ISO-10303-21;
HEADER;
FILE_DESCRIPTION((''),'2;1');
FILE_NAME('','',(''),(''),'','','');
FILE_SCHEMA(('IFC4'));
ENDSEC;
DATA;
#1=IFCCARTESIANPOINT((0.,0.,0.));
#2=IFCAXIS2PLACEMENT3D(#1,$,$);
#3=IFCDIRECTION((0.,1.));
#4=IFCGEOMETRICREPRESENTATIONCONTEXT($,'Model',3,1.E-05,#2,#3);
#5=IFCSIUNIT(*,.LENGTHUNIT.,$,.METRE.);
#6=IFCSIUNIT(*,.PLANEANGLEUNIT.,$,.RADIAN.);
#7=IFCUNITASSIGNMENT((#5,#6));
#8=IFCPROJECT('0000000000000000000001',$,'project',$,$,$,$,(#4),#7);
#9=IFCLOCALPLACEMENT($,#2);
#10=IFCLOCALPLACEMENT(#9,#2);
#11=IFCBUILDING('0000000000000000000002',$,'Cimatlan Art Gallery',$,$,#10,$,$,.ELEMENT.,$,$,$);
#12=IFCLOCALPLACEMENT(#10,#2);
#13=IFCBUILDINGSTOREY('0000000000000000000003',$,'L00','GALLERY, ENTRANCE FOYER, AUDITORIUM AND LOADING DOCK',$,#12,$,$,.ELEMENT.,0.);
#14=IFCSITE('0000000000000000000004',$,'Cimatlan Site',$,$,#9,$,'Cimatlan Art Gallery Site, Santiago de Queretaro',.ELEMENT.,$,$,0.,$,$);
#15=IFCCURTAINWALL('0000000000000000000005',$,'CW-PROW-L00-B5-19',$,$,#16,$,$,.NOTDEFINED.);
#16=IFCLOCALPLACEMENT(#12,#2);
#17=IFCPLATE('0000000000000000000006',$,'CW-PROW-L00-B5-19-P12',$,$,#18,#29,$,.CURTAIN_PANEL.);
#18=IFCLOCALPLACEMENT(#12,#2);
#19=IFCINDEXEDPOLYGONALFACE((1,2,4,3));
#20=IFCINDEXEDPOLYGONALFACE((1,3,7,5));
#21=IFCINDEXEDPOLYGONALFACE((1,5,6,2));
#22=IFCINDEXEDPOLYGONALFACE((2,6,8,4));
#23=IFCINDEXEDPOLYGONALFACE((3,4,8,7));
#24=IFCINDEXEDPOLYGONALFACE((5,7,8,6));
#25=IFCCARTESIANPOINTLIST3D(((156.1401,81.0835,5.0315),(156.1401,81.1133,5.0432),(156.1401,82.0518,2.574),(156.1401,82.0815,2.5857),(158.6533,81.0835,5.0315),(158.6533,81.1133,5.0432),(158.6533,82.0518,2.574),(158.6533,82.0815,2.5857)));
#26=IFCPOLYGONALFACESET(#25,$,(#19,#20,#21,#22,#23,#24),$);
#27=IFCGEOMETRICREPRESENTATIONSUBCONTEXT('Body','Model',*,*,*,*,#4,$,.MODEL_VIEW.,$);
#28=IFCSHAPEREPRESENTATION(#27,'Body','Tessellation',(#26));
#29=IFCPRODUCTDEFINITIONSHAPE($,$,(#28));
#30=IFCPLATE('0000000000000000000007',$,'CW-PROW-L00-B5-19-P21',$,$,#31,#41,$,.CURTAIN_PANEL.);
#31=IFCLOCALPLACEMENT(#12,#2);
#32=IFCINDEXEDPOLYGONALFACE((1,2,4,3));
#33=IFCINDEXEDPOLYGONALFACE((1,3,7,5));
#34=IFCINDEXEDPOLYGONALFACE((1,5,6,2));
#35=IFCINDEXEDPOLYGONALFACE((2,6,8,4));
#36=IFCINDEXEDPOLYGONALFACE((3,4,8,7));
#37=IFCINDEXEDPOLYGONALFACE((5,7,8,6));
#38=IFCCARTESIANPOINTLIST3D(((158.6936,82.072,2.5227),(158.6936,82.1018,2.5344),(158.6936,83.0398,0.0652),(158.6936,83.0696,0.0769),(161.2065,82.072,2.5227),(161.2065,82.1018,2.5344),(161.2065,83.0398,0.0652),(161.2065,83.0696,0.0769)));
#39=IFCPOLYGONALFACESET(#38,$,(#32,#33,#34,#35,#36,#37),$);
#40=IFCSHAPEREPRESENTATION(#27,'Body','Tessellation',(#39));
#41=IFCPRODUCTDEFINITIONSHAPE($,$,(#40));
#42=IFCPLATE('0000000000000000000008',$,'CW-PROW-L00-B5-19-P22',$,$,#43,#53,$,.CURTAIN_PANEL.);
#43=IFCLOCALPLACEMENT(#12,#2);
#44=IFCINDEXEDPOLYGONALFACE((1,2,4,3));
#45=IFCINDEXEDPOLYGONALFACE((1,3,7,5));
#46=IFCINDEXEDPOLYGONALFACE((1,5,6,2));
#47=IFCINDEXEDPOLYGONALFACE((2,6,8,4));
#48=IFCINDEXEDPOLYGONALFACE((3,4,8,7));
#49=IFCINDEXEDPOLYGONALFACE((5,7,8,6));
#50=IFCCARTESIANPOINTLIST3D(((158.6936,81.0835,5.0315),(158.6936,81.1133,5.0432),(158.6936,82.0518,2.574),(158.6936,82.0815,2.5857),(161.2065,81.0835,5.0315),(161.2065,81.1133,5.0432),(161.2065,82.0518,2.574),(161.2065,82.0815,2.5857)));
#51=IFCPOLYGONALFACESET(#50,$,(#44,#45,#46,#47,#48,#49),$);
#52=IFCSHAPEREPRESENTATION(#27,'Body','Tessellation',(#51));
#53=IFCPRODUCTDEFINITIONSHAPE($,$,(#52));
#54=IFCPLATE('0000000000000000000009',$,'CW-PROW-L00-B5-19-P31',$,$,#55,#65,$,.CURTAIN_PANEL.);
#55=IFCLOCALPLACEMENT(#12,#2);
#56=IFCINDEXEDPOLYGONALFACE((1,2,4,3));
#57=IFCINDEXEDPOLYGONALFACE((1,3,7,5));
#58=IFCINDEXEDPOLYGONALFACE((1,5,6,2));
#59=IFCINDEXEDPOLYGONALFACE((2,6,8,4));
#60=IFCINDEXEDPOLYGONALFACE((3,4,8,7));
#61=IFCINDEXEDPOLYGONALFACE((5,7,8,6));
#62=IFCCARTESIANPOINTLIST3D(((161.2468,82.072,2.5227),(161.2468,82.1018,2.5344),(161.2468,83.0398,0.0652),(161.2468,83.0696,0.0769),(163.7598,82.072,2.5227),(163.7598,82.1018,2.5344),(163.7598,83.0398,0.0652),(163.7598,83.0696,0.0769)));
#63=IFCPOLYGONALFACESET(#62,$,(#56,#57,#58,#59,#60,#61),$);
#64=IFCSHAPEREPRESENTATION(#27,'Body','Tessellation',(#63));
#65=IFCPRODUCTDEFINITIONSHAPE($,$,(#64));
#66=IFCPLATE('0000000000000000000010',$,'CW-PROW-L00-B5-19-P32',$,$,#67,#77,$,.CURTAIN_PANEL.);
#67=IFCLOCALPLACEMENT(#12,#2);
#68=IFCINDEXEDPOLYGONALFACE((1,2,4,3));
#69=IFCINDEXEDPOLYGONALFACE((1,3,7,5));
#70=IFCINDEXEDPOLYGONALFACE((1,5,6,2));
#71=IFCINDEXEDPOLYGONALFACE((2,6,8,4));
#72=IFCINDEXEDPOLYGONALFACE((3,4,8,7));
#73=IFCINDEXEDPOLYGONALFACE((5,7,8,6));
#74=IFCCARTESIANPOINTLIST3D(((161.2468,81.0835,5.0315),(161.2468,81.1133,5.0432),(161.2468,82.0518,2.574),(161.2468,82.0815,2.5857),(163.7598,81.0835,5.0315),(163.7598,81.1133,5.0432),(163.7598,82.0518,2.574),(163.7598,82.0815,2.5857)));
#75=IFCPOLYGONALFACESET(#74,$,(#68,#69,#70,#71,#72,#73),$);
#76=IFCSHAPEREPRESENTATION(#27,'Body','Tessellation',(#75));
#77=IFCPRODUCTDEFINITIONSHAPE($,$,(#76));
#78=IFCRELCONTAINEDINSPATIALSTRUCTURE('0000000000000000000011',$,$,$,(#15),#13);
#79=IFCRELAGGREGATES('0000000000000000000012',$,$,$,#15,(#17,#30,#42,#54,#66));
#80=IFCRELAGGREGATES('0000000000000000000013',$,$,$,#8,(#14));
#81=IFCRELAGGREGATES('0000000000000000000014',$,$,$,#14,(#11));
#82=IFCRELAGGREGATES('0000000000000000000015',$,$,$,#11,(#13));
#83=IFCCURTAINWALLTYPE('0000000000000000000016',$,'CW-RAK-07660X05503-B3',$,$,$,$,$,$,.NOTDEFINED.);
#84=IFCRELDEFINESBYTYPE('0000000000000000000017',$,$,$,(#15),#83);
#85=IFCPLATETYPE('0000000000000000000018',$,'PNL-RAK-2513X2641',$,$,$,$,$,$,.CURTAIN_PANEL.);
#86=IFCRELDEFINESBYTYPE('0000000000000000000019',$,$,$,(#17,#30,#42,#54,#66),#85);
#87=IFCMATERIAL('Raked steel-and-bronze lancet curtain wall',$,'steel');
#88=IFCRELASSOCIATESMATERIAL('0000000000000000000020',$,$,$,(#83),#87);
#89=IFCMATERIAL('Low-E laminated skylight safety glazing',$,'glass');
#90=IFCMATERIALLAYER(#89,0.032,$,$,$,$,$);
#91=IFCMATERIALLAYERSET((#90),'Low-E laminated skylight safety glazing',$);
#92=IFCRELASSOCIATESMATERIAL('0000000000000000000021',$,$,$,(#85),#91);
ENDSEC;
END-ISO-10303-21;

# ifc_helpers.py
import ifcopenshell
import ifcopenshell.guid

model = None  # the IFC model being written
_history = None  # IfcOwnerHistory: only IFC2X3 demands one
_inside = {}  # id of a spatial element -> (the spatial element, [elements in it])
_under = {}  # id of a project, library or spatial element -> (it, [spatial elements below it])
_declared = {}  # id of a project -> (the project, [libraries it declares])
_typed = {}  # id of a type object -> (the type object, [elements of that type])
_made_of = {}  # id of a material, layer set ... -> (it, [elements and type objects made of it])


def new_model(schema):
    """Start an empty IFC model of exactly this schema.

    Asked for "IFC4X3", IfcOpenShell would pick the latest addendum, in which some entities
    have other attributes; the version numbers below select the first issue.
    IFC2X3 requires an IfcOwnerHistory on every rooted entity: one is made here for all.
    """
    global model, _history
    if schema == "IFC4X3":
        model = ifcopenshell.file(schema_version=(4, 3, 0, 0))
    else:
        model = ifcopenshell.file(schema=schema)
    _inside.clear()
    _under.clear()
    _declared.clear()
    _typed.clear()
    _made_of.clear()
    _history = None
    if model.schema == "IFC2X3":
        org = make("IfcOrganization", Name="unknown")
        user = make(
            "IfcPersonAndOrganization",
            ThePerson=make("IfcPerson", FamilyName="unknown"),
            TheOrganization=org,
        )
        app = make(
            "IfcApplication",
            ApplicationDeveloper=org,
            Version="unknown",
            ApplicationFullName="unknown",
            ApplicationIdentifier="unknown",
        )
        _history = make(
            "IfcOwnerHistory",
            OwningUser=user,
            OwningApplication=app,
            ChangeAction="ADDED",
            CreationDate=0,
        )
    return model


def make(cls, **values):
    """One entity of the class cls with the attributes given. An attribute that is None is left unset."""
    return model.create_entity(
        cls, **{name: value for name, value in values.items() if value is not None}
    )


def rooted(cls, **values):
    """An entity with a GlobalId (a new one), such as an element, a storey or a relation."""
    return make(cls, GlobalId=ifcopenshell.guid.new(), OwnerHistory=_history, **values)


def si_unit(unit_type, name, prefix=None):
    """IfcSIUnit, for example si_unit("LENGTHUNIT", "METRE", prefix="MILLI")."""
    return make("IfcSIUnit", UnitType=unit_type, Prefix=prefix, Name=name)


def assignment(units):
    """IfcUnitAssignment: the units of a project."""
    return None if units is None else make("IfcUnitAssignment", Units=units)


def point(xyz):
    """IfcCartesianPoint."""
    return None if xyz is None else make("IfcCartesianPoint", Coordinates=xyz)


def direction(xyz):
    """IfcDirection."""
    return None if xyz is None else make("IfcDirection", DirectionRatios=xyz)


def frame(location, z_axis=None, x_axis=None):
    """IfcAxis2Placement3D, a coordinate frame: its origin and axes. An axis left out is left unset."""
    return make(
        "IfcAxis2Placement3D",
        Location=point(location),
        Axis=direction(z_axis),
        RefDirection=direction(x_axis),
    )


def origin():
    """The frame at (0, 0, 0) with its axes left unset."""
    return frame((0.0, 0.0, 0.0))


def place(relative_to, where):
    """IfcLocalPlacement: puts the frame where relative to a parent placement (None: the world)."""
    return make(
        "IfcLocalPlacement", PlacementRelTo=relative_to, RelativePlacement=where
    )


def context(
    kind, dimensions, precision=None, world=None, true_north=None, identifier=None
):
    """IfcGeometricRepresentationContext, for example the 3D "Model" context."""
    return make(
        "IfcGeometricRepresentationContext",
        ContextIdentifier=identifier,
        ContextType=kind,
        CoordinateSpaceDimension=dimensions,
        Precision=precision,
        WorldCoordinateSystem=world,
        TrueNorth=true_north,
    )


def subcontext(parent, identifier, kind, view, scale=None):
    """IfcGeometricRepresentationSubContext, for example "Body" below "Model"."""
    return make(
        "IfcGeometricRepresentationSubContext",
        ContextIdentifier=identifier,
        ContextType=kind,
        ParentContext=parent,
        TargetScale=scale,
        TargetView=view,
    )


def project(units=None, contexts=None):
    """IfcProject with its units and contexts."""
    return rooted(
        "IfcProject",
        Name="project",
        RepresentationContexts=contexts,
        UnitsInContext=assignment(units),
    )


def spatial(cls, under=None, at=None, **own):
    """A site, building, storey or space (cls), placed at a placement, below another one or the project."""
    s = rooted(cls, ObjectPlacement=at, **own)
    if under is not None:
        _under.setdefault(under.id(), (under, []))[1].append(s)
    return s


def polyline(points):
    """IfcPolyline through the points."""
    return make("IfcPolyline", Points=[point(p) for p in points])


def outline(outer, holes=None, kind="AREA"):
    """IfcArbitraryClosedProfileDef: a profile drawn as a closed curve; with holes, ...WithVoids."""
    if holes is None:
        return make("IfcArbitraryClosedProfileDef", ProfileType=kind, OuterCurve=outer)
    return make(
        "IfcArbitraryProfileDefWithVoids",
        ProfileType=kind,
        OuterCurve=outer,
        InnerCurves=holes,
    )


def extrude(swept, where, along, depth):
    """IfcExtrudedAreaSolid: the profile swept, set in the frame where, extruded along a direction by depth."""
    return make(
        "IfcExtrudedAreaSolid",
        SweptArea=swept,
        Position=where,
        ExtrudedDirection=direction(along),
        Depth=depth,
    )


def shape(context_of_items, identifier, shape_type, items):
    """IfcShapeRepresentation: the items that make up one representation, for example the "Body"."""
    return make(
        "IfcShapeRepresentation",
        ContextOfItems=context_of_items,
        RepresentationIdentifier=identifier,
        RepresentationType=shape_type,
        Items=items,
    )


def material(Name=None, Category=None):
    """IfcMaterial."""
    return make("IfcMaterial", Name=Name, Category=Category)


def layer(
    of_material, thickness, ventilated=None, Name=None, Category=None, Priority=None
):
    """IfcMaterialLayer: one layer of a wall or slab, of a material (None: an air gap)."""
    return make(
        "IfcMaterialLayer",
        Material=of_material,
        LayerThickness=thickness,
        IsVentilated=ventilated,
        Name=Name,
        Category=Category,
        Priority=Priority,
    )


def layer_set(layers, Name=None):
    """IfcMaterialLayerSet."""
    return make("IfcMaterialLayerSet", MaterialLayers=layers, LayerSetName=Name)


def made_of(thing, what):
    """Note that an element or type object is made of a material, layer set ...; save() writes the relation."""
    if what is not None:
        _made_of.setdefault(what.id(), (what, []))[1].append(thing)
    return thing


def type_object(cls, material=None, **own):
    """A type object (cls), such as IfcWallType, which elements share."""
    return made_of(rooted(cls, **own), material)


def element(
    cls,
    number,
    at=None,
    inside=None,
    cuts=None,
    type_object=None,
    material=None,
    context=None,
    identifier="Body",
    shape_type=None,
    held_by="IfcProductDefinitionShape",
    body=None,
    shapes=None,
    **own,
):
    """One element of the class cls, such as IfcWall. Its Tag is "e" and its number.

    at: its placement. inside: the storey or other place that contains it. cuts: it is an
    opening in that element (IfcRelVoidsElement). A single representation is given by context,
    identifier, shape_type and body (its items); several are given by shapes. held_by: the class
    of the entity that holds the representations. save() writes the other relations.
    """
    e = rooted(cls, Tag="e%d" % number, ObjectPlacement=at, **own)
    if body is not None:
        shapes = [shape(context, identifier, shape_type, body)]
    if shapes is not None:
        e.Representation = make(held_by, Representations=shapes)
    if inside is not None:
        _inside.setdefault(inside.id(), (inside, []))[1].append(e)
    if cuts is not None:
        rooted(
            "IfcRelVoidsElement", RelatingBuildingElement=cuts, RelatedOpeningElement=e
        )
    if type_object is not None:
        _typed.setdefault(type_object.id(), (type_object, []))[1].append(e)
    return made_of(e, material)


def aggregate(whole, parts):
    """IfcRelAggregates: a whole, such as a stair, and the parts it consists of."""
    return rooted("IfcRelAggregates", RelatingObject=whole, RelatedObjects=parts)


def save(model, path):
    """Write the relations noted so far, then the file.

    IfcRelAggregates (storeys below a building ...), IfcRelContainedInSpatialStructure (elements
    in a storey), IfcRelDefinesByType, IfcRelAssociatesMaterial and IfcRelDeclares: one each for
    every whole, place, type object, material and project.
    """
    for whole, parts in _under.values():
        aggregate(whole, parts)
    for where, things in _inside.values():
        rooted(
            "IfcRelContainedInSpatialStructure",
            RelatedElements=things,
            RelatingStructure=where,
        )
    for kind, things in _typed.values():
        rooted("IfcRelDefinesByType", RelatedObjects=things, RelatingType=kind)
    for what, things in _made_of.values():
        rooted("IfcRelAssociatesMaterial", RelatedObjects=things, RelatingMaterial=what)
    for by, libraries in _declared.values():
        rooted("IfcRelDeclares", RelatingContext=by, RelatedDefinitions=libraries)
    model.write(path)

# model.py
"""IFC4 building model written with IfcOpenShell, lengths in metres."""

from ifc_helpers import new_model, si_unit, direction, frame, origin, place, context, subcontext, project, spatial, polyline, outline, extrude, material, layer, layer_set, type_object, element, aggregate, save


model = new_model("IFC4")

# Units and contexts
model_context = context("Model", 3, precision=1e-05, world=origin(), true_north=direction((0.0, 1.0)))
body_context = subcontext(model_context, "Body", "Model", "MODEL_VIEW")
ifc_project = project(units=[si_unit("LENGTHUNIT", "METRE"), si_unit("PLANEANGLEUNIT", "RADIAN")], contexts=[model_context])

# Site, building, storey
site_placement = place(None, origin())
site = spatial("IfcSite", under=ifc_project, at=site_placement, Name="Cimatlan Site", LongName="Cimatlan Art Gallery Site, Santiago de Queretaro", CompositionType="ELEMENT", RefElevation=0.0)
building_placement = place(site_placement, origin())
building = spatial("IfcBuilding", under=site, at=building_placement, Name="Cimatlan Art Gallery", CompositionType="ELEMENT")
storey_placement = place(building_placement, origin())
storey = spatial("IfcBuildingStorey", under=building, at=storey_placement, Name="L00", Description="GALLERY, ENTRANCE FOYER, AUDITORIUM AND LOADING DOCK", CompositionType="ELEMENT", Elevation=0.0)

# Shared definitions
ifc_material_1 = material(Name="Raked steel-and-bronze lancet curtain wall", Category="steel")
curtain_wall_type = type_object("IfcCurtainWallType", Name="CW-RAK-07660X05503-B3", PredefinedType="NOTDEFINED", material=ifc_material_1)

# Curtain wall
curtain_wall_1_placement = place(storey_placement, origin())
curtain_wall_1 = element("IfcCurtainWall", 1, at=curtain_wall_1_placement, inside=storey, type_object=curtain_wall_type, Name="CW-PROW-L00-B5-19", PredefinedType="NOTDEFINED")

# Plates
ifc_material_2 = material(Name="Low-E laminated skylight safety glazing", Category="glass")
ifc_layer = layer(ifc_material_2, 0.032)
ifc_layer_set = layer_set([ifc_layer], Name="Low-E laminated skylight safety glazing")
plate_type = type_object("IfcPlateType", Name="PNL-RAK-2513X2641", PredefinedType="CURTAIN_PANEL", material=ifc_layer_set)
plate_1_placement = place(storey_placement, frame((156.1401, 82.0815, 2.5857), z_axis=(0.0, 0.930389, 0.366573), x_axis=(1.0, 0.0, 0.0)))
plate_1 = element("IfcPlate", 2, at=plate_1_placement, type_object=plate_type, Name="CW-PROW-L00-B5-19-P12", PredefinedType="CURTAIN_PANEL", context=body_context, shape_type="SweptSolid", body=[
    extrude(outline(polyline([(0.0, 0.0), (2.5132, 0.0), (2.5132, -2.6414), (0.0, -2.6414), (0.0, 0.0)])), origin(), (0.0, 0.0, -1.0), 0.032),
])
plate_2_placement = place(storey_placement, frame((158.6936, 83.0696, 0.0769), z_axis=(0.0, 0.930452, 0.366413), x_axis=(1.0, 0.0, 0.0)))
plate_2 = element("IfcPlate", 3, at=plate_2_placement, type_object=plate_type, Name="CW-PROW-L00-B5-19-P21", PredefinedType="CURTAIN_PANEL", context=body_context, shape_type="SweptSolid", body=[
    extrude(outline(polyline([(0.0, 0.0), (2.5129, 0.0), (2.5129, -2.6412), (0.0, -2.6412), (0.0, 0.0)])), origin(), (0.0, 0.0, -1.0), 0.032),
])
plate_3_placement = place(storey_placement, frame((158.6936, 82.0815, 2.5857), z_axis=(0.0, 0.930389, 0.366573), x_axis=(1.0, 0.0, 0.0)))
plate_3 = element("IfcPlate", 4, at=plate_3_placement, type_object=plate_type, Name="CW-PROW-L00-B5-19-P22", PredefinedType="CURTAIN_PANEL", context=body_context, shape_type="SweptSolid", body=[
    extrude(outline(polyline([(0.0, 0.0), (2.5129, 0.0), (2.5129, -2.6414), (0.0, -2.6414), (0.0, 0.0)])), origin(), (0.0, 0.0, -1.0), 0.032),
])
plate_4_placement = place(storey_placement, frame((161.2468, 83.0696, 0.0769), z_axis=(0.0, 0.930452, 0.366413), x_axis=(1.0, 0.0, 0.0)))
plate_4 = element("IfcPlate", 5, at=plate_4_placement, type_object=plate_type, Name="CW-PROW-L00-B5-19-P31", PredefinedType="CURTAIN_PANEL", context=body_context, shape_type="SweptSolid", body=[
    extrude(outline(polyline([(0.0, 0.0), (2.5129, 0.0), (2.5129, -2.6412), (0.0, -2.6412), (0.0, 0.0)])), origin(), (0.0, 0.0, -1.0), 0.032),
])
plate_5_placement = place(storey_placement, frame((161.2468, 82.0815, 2.5857), z_axis=(0.0, 0.930389, 0.366573), x_axis=(1.0, 0.0, 0.0)))
plate_5 = element("IfcPlate", 6, at=plate_5_placement, type_object=plate_type, Name="CW-PROW-L00-B5-19-P32", PredefinedType="CURTAIN_PANEL", context=body_context, shape_type="SweptSolid", body=[
    extrude(outline(polyline([(0.0, 0.0), (2.5129, 0.0), (2.5129, -2.6414), (0.0, -2.6414), (0.0, 0.0)])), origin(), (0.0, 0.0, -1.0), 0.032),
])
aggregate(curtain_wall_1, [plate_1, plate_2, plate_3, plate_4, plate_5])

save(model, "model.ifc")
